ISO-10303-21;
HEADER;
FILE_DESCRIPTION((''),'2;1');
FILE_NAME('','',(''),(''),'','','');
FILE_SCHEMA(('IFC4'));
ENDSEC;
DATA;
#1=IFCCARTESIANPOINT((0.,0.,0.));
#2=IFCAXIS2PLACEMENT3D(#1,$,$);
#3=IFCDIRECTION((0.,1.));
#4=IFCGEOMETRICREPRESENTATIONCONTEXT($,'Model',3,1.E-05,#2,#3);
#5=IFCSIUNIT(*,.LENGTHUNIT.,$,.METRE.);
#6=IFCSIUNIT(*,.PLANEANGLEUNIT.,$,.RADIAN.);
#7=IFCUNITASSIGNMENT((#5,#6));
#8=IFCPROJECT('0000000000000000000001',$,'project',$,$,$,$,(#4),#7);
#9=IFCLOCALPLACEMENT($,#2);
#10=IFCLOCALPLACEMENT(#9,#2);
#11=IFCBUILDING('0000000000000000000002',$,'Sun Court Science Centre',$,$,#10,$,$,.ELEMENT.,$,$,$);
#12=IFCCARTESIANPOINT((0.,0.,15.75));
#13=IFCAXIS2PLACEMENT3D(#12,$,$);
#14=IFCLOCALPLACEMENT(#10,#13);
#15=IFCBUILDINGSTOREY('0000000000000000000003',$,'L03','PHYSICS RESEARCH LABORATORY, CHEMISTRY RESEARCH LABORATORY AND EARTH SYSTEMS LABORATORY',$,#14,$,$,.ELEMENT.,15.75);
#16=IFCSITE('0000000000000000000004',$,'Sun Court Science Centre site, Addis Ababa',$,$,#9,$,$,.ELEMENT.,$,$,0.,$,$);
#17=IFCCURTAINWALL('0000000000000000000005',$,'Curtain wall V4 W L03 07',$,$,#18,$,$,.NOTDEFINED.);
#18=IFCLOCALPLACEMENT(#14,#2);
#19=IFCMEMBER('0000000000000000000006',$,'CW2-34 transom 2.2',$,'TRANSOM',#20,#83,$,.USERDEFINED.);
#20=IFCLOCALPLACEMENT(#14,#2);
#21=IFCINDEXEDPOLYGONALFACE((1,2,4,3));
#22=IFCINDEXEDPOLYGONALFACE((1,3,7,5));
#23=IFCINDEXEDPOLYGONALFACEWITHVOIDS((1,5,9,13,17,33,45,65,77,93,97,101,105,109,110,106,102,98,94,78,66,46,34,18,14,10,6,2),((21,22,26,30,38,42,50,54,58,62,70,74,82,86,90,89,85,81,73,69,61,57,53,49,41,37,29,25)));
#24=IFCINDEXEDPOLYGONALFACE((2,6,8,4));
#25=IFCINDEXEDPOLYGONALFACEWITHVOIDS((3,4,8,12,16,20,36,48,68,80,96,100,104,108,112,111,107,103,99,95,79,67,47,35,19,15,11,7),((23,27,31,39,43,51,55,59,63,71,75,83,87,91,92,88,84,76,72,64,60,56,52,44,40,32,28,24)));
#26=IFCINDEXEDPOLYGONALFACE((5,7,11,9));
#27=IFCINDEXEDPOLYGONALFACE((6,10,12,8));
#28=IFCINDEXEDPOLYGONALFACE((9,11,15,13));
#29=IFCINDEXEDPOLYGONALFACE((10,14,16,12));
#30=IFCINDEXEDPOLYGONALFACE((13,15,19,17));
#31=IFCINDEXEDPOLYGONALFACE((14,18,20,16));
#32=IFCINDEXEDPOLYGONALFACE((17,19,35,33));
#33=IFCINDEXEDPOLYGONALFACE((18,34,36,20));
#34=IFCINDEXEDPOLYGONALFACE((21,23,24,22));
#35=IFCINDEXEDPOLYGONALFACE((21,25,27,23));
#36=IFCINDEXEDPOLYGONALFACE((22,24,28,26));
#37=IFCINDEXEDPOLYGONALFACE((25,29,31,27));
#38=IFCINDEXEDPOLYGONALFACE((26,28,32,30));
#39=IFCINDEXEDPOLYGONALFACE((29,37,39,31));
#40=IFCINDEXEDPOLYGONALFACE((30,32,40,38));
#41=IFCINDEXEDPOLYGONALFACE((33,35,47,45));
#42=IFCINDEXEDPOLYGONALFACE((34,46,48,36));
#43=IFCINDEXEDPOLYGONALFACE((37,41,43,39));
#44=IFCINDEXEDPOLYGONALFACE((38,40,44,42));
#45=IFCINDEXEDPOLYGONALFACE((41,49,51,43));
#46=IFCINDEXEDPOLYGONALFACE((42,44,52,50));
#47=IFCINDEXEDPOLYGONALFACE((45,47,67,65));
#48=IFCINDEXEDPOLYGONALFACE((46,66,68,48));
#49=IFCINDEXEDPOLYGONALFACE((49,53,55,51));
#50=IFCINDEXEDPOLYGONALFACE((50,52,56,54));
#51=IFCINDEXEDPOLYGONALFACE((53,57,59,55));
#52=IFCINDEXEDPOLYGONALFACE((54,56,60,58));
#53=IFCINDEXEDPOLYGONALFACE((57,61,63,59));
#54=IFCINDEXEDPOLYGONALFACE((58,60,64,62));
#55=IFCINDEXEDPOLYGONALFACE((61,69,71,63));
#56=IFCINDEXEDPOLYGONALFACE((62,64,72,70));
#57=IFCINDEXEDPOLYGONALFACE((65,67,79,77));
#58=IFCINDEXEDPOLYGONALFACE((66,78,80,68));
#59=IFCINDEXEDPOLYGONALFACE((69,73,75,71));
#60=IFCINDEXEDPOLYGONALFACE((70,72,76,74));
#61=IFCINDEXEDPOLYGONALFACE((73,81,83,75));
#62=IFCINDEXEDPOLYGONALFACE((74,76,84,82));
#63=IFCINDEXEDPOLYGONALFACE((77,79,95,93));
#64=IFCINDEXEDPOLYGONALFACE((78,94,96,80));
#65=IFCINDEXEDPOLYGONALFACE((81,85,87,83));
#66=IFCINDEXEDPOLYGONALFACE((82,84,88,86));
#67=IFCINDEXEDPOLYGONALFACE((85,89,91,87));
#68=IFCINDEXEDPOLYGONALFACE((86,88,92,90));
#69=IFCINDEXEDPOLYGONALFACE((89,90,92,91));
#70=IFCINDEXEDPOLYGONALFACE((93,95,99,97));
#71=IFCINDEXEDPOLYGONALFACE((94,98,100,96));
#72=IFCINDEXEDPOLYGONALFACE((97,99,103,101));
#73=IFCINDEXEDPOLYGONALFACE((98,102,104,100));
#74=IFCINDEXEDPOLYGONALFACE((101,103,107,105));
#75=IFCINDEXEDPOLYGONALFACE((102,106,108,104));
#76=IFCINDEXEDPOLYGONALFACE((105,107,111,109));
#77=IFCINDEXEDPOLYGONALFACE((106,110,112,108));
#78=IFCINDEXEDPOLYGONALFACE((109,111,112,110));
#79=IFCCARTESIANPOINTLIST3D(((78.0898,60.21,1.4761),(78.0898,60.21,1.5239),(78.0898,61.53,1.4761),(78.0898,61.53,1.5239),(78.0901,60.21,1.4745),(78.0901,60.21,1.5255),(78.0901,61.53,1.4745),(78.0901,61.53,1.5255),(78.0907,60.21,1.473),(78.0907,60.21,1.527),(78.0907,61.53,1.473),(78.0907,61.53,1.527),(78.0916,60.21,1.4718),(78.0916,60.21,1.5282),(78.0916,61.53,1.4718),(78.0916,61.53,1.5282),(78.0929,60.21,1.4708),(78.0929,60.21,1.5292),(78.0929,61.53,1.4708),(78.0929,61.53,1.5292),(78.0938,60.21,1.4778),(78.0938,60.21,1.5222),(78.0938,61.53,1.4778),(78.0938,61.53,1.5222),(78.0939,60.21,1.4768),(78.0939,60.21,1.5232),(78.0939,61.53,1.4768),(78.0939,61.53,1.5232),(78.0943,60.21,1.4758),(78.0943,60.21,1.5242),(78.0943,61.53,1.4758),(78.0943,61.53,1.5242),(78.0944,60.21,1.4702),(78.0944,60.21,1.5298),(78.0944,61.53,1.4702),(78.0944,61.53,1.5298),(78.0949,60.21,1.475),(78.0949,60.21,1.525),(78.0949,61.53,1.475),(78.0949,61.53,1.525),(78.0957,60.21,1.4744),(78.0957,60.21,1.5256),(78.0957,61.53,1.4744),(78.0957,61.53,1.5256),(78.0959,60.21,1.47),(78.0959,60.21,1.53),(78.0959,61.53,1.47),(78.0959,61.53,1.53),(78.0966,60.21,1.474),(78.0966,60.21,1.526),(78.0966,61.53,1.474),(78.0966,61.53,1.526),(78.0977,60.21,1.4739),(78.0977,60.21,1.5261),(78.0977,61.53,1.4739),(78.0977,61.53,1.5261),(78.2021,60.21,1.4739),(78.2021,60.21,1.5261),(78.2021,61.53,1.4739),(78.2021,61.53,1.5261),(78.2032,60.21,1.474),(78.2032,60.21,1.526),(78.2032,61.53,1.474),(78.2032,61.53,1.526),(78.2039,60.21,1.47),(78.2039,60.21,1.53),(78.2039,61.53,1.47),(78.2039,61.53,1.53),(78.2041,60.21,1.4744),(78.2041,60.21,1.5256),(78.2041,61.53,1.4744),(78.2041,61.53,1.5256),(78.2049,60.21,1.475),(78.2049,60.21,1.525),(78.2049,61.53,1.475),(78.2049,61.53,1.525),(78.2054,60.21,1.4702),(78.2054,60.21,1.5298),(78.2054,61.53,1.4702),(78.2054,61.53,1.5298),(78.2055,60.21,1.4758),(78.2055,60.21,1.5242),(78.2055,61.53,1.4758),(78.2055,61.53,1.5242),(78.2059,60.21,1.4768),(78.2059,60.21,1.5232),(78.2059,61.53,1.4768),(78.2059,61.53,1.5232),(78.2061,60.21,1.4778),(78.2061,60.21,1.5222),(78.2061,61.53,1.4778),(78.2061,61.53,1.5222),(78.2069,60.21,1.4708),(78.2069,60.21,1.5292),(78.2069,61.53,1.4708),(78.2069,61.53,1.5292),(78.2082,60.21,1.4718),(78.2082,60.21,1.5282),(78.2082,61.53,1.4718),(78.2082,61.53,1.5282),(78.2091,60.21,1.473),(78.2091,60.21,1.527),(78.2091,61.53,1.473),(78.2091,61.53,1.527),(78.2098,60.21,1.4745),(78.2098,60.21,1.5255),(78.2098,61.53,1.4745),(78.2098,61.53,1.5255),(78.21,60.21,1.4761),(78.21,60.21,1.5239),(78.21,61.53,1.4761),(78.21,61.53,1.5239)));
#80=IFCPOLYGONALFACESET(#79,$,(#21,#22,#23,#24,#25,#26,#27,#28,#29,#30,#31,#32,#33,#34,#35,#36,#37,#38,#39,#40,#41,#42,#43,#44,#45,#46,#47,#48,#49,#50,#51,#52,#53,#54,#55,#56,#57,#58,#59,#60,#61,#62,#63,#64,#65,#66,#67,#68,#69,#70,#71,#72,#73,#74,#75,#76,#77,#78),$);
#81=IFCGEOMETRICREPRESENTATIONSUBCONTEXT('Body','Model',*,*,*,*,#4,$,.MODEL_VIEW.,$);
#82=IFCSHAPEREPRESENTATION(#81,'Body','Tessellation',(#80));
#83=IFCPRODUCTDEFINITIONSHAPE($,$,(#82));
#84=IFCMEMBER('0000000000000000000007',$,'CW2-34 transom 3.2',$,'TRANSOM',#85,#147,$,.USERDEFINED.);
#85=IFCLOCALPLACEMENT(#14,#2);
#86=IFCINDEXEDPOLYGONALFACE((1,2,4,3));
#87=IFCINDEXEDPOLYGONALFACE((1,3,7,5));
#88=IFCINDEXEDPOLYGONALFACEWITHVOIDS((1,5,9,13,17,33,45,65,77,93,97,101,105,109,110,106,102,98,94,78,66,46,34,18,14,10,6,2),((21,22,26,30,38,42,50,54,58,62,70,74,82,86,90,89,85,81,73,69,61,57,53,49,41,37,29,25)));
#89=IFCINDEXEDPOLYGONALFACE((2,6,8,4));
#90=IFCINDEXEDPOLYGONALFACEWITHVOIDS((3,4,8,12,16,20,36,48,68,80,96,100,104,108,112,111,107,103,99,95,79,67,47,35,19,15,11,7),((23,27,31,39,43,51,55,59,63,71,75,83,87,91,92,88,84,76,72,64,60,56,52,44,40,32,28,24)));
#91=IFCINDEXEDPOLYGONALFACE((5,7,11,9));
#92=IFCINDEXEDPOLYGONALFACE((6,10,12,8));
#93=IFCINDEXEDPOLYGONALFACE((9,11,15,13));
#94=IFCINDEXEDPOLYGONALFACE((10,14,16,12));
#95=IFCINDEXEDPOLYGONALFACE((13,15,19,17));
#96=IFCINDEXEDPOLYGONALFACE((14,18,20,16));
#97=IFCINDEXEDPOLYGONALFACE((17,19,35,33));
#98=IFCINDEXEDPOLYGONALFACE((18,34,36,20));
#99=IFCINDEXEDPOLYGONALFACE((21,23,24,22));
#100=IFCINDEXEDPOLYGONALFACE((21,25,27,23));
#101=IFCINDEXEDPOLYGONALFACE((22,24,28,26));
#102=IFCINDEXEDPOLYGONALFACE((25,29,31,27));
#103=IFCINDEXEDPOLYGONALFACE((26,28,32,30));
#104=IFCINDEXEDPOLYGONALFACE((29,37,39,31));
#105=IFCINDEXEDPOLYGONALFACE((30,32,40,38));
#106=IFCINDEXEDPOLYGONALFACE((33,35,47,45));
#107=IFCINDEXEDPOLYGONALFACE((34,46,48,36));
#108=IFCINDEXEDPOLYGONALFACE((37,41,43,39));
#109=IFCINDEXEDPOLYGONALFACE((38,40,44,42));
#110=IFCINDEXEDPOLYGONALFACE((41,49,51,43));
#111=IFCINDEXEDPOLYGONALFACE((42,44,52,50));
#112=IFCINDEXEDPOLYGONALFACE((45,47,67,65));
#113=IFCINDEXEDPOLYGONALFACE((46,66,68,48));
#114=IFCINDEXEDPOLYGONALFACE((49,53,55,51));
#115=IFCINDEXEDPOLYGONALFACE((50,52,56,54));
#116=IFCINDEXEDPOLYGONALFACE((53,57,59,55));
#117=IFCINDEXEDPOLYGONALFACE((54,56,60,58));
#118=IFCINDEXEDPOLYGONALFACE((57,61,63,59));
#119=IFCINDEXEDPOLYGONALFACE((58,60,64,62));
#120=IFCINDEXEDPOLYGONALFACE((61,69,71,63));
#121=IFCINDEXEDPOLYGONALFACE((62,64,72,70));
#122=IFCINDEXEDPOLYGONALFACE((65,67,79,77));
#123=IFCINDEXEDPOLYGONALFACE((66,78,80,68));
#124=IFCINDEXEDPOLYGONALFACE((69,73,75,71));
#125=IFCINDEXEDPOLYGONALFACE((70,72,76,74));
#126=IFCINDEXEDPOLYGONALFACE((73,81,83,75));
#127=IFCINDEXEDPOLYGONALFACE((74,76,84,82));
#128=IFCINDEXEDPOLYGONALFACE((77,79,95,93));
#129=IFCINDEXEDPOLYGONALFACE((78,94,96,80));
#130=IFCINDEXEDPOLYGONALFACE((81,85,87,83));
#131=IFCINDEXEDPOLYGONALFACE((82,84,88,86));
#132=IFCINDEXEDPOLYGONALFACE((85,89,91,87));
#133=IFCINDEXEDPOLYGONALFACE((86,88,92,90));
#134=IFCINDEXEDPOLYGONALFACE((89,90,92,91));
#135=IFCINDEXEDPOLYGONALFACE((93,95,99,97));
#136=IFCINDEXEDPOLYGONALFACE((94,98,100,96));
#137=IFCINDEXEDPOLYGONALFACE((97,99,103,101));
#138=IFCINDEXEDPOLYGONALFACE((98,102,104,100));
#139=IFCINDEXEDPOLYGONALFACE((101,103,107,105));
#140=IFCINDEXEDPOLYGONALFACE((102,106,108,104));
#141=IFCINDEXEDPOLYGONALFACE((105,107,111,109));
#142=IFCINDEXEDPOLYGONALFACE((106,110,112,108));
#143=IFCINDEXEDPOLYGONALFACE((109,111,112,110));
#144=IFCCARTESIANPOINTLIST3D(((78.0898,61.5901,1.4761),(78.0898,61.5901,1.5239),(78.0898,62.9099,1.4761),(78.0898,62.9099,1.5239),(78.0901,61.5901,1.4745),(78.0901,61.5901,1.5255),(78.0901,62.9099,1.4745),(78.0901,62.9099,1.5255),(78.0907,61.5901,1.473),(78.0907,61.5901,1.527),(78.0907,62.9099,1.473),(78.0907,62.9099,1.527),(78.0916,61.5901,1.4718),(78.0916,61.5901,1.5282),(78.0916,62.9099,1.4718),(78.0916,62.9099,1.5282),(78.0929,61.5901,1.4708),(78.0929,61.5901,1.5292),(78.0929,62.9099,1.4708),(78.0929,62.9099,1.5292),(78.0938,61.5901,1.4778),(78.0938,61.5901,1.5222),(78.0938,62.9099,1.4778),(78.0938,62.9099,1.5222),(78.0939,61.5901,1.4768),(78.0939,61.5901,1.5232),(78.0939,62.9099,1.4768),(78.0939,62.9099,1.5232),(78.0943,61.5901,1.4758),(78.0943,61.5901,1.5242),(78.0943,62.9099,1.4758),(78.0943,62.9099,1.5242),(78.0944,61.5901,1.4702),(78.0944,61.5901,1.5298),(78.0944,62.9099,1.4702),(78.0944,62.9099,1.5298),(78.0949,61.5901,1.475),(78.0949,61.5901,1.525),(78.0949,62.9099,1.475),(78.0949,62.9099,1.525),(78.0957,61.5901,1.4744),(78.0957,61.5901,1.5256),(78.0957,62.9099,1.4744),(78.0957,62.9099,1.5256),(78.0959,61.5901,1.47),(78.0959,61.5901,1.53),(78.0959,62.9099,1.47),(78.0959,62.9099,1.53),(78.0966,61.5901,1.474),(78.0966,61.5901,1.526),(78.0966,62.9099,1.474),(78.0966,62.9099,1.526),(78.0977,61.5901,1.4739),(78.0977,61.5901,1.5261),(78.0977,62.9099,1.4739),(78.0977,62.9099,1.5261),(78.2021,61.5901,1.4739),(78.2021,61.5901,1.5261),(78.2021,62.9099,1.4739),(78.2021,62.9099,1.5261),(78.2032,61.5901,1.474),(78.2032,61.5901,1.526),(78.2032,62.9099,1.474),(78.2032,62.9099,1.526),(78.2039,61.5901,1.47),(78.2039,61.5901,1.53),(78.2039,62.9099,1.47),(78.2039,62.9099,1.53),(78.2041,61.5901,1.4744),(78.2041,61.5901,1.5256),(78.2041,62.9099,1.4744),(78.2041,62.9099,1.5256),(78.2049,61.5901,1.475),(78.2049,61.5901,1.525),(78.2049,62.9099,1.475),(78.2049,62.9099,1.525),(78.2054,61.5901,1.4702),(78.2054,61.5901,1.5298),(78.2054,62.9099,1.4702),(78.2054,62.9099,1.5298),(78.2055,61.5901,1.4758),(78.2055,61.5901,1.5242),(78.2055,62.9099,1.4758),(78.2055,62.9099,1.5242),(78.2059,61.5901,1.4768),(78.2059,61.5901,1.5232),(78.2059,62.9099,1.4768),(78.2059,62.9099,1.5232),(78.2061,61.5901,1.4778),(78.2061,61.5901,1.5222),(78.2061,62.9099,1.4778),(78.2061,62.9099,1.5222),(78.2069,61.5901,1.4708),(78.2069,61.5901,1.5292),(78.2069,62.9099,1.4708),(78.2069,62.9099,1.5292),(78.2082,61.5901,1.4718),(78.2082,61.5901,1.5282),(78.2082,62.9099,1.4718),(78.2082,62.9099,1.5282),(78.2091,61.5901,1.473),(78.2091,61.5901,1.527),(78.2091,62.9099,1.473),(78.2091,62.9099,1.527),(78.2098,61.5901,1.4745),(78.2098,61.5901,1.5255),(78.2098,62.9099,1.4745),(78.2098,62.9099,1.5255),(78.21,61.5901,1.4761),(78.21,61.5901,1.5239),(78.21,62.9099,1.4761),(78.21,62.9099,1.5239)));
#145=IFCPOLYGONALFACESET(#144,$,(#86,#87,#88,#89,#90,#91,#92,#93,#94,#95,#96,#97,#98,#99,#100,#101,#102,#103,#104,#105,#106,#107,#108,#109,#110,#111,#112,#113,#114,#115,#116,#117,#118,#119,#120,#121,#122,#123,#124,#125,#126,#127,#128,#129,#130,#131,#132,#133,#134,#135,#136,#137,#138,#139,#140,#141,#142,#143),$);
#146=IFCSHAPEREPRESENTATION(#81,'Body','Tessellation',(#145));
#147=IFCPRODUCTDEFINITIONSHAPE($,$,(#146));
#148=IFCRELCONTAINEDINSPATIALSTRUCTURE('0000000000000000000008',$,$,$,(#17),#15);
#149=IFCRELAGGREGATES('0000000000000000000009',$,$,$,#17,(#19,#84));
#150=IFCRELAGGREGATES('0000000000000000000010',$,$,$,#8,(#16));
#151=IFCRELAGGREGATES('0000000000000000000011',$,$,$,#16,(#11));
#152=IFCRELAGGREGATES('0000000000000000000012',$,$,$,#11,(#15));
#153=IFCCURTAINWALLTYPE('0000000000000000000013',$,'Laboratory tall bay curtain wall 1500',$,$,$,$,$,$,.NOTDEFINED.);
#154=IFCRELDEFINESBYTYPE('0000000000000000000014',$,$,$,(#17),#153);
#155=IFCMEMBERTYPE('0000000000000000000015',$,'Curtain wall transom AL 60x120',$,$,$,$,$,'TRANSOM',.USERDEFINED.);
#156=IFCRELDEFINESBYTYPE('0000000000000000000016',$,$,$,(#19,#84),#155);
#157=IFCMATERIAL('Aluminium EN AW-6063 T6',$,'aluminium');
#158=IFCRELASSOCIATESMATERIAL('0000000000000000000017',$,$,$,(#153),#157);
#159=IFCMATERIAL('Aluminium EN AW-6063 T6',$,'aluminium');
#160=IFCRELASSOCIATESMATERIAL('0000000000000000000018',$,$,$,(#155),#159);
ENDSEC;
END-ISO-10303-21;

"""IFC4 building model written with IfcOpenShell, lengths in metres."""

from ifc_helpers import new_model, si_unit, direction, frame, origin, origin_2d, place, context, subcontext, project, spatial, hollow_rectangle, extrude, material, material_profile, profile_set, type_object, element, aggregate, save


model = new_model("IFC4")

# Units and contexts
model_context = context("Model", 3, precision=1e-05, world=origin(), true_north=direction((0.0, 1.0)))
body_context = subcontext(model_context, "Body", "Model", "MODEL_VIEW")
ifc_project = project(units=[si_unit("LENGTHUNIT", "METRE"), si_unit("PLANEANGLEUNIT", "RADIAN")], contexts=[model_context])

# Site, building, storey
site_placement = place(None, origin())
site = spatial("IfcSite", under=ifc_project, at=site_placement, Name="Sun Court Science Centre site, Addis Ababa", CompositionType="ELEMENT", RefElevation=0.0)
building_placement = place(site_placement, origin())
building = spatial("IfcBuilding", under=site, at=building_placement, Name="Sun Court Science Centre", CompositionType="ELEMENT")
storey_placement = place(building_placement, frame((0.0, 0.0, 15.75)))
storey = spatial("IfcBuildingStorey", under=building, at=storey_placement, Name="L03", Description="PHYSICS RESEARCH LABORATORY, CHEMISTRY RESEARCH LABORATORY AND EARTH SYSTEMS LABORATORY", CompositionType="ELEMENT", Elevation=15.75)

# Curtain wall
ifc_material_1 = material(Name="Aluminium EN AW-6063 T6", Category="aluminium")
curtain_wall_type = type_object("IfcCurtainWallType", Name="Laboratory tall bay curtain wall 1500", PredefinedType="NOTDEFINED", material=ifc_material_1)
curtain_wall_1_placement = place(storey_placement, origin())
curtain_wall_1 = element("IfcCurtainWall", 1, at=curtain_wall_1_placement, inside=storey, type_object=curtain_wall_type, Name="Curtain wall V4 W L03 07", PredefinedType="NOTDEFINED")

# Members
ifc_material_2 = material(Name="Aluminium EN AW-6063 T6", Category="aluminium")
ifc_material_profile_1 = material_profile(ifc_material_2, hollow_rectangle(XDim=0.0601, YDim=0.1201, WallThickness=0.0039, InnerFilletRadius=0.0039, OuterFilletRadius=0.0061, at=origin_2d()), Name="AL 60x120x4")
ifc_profile_set_1 = profile_set([ifc_material_profile_1], Name="Aluminium EN AW-6063 T6")
member_type_1 = type_object("IfcMemberType", Name="Curtain wall transom AL 60x120", ElementType="TRANSOM", PredefinedType="USERDEFINED", material=ifc_profile_set_1)
member_1_placement = place(storey_placement, frame((78.1499, 60.21, 1.5), z_axis=(0.0, 1.0, 0.0), x_axis=(0.0, 0.0, 1.0)))
member_1 = element("IfcMember", 2, at=member_1_placement, type_object=member_type_1, Name="CW2-34 transom 2.2", ObjectType="TRANSOM", PredefinedType="USERDEFINED", context=body_context, shape_type="SweptSolid", body=[
    extrude(hollow_rectangle(XDim=0.0601, YDim=0.1201, WallThickness=0.0039, InnerFilletRadius=0.0039, OuterFilletRadius=0.0061, at=origin_2d()), origin(), (0.0, 0.0, 1.0), 1.3201),
])
member_2_placement = place(storey_placement, frame((78.1499, 61.5901, 1.5), z_axis=(0.0, 1.0, 0.0), x_axis=(0.0, 0.0, 1.0)))
member_2 = element("IfcMember", 3, at=member_2_placement, type_object=member_type_1, Name="CW2-34 transom 3.2", ObjectType="TRANSOM", PredefinedType="USERDEFINED", context=body_context, shape_type="SweptSolid", body=[
    extrude(hollow_rectangle(XDim=0.0601, YDim=0.1201, WallThickness=0.0039, InnerFilletRadius=0.0039, OuterFilletRadius=0.0061, at=origin_2d()), origin(), (0.0, 0.0, 1.0), 1.3198),
])

aggregate(curtain_wall_1, [member_1, member_2])

save(model, "model.ifc")
